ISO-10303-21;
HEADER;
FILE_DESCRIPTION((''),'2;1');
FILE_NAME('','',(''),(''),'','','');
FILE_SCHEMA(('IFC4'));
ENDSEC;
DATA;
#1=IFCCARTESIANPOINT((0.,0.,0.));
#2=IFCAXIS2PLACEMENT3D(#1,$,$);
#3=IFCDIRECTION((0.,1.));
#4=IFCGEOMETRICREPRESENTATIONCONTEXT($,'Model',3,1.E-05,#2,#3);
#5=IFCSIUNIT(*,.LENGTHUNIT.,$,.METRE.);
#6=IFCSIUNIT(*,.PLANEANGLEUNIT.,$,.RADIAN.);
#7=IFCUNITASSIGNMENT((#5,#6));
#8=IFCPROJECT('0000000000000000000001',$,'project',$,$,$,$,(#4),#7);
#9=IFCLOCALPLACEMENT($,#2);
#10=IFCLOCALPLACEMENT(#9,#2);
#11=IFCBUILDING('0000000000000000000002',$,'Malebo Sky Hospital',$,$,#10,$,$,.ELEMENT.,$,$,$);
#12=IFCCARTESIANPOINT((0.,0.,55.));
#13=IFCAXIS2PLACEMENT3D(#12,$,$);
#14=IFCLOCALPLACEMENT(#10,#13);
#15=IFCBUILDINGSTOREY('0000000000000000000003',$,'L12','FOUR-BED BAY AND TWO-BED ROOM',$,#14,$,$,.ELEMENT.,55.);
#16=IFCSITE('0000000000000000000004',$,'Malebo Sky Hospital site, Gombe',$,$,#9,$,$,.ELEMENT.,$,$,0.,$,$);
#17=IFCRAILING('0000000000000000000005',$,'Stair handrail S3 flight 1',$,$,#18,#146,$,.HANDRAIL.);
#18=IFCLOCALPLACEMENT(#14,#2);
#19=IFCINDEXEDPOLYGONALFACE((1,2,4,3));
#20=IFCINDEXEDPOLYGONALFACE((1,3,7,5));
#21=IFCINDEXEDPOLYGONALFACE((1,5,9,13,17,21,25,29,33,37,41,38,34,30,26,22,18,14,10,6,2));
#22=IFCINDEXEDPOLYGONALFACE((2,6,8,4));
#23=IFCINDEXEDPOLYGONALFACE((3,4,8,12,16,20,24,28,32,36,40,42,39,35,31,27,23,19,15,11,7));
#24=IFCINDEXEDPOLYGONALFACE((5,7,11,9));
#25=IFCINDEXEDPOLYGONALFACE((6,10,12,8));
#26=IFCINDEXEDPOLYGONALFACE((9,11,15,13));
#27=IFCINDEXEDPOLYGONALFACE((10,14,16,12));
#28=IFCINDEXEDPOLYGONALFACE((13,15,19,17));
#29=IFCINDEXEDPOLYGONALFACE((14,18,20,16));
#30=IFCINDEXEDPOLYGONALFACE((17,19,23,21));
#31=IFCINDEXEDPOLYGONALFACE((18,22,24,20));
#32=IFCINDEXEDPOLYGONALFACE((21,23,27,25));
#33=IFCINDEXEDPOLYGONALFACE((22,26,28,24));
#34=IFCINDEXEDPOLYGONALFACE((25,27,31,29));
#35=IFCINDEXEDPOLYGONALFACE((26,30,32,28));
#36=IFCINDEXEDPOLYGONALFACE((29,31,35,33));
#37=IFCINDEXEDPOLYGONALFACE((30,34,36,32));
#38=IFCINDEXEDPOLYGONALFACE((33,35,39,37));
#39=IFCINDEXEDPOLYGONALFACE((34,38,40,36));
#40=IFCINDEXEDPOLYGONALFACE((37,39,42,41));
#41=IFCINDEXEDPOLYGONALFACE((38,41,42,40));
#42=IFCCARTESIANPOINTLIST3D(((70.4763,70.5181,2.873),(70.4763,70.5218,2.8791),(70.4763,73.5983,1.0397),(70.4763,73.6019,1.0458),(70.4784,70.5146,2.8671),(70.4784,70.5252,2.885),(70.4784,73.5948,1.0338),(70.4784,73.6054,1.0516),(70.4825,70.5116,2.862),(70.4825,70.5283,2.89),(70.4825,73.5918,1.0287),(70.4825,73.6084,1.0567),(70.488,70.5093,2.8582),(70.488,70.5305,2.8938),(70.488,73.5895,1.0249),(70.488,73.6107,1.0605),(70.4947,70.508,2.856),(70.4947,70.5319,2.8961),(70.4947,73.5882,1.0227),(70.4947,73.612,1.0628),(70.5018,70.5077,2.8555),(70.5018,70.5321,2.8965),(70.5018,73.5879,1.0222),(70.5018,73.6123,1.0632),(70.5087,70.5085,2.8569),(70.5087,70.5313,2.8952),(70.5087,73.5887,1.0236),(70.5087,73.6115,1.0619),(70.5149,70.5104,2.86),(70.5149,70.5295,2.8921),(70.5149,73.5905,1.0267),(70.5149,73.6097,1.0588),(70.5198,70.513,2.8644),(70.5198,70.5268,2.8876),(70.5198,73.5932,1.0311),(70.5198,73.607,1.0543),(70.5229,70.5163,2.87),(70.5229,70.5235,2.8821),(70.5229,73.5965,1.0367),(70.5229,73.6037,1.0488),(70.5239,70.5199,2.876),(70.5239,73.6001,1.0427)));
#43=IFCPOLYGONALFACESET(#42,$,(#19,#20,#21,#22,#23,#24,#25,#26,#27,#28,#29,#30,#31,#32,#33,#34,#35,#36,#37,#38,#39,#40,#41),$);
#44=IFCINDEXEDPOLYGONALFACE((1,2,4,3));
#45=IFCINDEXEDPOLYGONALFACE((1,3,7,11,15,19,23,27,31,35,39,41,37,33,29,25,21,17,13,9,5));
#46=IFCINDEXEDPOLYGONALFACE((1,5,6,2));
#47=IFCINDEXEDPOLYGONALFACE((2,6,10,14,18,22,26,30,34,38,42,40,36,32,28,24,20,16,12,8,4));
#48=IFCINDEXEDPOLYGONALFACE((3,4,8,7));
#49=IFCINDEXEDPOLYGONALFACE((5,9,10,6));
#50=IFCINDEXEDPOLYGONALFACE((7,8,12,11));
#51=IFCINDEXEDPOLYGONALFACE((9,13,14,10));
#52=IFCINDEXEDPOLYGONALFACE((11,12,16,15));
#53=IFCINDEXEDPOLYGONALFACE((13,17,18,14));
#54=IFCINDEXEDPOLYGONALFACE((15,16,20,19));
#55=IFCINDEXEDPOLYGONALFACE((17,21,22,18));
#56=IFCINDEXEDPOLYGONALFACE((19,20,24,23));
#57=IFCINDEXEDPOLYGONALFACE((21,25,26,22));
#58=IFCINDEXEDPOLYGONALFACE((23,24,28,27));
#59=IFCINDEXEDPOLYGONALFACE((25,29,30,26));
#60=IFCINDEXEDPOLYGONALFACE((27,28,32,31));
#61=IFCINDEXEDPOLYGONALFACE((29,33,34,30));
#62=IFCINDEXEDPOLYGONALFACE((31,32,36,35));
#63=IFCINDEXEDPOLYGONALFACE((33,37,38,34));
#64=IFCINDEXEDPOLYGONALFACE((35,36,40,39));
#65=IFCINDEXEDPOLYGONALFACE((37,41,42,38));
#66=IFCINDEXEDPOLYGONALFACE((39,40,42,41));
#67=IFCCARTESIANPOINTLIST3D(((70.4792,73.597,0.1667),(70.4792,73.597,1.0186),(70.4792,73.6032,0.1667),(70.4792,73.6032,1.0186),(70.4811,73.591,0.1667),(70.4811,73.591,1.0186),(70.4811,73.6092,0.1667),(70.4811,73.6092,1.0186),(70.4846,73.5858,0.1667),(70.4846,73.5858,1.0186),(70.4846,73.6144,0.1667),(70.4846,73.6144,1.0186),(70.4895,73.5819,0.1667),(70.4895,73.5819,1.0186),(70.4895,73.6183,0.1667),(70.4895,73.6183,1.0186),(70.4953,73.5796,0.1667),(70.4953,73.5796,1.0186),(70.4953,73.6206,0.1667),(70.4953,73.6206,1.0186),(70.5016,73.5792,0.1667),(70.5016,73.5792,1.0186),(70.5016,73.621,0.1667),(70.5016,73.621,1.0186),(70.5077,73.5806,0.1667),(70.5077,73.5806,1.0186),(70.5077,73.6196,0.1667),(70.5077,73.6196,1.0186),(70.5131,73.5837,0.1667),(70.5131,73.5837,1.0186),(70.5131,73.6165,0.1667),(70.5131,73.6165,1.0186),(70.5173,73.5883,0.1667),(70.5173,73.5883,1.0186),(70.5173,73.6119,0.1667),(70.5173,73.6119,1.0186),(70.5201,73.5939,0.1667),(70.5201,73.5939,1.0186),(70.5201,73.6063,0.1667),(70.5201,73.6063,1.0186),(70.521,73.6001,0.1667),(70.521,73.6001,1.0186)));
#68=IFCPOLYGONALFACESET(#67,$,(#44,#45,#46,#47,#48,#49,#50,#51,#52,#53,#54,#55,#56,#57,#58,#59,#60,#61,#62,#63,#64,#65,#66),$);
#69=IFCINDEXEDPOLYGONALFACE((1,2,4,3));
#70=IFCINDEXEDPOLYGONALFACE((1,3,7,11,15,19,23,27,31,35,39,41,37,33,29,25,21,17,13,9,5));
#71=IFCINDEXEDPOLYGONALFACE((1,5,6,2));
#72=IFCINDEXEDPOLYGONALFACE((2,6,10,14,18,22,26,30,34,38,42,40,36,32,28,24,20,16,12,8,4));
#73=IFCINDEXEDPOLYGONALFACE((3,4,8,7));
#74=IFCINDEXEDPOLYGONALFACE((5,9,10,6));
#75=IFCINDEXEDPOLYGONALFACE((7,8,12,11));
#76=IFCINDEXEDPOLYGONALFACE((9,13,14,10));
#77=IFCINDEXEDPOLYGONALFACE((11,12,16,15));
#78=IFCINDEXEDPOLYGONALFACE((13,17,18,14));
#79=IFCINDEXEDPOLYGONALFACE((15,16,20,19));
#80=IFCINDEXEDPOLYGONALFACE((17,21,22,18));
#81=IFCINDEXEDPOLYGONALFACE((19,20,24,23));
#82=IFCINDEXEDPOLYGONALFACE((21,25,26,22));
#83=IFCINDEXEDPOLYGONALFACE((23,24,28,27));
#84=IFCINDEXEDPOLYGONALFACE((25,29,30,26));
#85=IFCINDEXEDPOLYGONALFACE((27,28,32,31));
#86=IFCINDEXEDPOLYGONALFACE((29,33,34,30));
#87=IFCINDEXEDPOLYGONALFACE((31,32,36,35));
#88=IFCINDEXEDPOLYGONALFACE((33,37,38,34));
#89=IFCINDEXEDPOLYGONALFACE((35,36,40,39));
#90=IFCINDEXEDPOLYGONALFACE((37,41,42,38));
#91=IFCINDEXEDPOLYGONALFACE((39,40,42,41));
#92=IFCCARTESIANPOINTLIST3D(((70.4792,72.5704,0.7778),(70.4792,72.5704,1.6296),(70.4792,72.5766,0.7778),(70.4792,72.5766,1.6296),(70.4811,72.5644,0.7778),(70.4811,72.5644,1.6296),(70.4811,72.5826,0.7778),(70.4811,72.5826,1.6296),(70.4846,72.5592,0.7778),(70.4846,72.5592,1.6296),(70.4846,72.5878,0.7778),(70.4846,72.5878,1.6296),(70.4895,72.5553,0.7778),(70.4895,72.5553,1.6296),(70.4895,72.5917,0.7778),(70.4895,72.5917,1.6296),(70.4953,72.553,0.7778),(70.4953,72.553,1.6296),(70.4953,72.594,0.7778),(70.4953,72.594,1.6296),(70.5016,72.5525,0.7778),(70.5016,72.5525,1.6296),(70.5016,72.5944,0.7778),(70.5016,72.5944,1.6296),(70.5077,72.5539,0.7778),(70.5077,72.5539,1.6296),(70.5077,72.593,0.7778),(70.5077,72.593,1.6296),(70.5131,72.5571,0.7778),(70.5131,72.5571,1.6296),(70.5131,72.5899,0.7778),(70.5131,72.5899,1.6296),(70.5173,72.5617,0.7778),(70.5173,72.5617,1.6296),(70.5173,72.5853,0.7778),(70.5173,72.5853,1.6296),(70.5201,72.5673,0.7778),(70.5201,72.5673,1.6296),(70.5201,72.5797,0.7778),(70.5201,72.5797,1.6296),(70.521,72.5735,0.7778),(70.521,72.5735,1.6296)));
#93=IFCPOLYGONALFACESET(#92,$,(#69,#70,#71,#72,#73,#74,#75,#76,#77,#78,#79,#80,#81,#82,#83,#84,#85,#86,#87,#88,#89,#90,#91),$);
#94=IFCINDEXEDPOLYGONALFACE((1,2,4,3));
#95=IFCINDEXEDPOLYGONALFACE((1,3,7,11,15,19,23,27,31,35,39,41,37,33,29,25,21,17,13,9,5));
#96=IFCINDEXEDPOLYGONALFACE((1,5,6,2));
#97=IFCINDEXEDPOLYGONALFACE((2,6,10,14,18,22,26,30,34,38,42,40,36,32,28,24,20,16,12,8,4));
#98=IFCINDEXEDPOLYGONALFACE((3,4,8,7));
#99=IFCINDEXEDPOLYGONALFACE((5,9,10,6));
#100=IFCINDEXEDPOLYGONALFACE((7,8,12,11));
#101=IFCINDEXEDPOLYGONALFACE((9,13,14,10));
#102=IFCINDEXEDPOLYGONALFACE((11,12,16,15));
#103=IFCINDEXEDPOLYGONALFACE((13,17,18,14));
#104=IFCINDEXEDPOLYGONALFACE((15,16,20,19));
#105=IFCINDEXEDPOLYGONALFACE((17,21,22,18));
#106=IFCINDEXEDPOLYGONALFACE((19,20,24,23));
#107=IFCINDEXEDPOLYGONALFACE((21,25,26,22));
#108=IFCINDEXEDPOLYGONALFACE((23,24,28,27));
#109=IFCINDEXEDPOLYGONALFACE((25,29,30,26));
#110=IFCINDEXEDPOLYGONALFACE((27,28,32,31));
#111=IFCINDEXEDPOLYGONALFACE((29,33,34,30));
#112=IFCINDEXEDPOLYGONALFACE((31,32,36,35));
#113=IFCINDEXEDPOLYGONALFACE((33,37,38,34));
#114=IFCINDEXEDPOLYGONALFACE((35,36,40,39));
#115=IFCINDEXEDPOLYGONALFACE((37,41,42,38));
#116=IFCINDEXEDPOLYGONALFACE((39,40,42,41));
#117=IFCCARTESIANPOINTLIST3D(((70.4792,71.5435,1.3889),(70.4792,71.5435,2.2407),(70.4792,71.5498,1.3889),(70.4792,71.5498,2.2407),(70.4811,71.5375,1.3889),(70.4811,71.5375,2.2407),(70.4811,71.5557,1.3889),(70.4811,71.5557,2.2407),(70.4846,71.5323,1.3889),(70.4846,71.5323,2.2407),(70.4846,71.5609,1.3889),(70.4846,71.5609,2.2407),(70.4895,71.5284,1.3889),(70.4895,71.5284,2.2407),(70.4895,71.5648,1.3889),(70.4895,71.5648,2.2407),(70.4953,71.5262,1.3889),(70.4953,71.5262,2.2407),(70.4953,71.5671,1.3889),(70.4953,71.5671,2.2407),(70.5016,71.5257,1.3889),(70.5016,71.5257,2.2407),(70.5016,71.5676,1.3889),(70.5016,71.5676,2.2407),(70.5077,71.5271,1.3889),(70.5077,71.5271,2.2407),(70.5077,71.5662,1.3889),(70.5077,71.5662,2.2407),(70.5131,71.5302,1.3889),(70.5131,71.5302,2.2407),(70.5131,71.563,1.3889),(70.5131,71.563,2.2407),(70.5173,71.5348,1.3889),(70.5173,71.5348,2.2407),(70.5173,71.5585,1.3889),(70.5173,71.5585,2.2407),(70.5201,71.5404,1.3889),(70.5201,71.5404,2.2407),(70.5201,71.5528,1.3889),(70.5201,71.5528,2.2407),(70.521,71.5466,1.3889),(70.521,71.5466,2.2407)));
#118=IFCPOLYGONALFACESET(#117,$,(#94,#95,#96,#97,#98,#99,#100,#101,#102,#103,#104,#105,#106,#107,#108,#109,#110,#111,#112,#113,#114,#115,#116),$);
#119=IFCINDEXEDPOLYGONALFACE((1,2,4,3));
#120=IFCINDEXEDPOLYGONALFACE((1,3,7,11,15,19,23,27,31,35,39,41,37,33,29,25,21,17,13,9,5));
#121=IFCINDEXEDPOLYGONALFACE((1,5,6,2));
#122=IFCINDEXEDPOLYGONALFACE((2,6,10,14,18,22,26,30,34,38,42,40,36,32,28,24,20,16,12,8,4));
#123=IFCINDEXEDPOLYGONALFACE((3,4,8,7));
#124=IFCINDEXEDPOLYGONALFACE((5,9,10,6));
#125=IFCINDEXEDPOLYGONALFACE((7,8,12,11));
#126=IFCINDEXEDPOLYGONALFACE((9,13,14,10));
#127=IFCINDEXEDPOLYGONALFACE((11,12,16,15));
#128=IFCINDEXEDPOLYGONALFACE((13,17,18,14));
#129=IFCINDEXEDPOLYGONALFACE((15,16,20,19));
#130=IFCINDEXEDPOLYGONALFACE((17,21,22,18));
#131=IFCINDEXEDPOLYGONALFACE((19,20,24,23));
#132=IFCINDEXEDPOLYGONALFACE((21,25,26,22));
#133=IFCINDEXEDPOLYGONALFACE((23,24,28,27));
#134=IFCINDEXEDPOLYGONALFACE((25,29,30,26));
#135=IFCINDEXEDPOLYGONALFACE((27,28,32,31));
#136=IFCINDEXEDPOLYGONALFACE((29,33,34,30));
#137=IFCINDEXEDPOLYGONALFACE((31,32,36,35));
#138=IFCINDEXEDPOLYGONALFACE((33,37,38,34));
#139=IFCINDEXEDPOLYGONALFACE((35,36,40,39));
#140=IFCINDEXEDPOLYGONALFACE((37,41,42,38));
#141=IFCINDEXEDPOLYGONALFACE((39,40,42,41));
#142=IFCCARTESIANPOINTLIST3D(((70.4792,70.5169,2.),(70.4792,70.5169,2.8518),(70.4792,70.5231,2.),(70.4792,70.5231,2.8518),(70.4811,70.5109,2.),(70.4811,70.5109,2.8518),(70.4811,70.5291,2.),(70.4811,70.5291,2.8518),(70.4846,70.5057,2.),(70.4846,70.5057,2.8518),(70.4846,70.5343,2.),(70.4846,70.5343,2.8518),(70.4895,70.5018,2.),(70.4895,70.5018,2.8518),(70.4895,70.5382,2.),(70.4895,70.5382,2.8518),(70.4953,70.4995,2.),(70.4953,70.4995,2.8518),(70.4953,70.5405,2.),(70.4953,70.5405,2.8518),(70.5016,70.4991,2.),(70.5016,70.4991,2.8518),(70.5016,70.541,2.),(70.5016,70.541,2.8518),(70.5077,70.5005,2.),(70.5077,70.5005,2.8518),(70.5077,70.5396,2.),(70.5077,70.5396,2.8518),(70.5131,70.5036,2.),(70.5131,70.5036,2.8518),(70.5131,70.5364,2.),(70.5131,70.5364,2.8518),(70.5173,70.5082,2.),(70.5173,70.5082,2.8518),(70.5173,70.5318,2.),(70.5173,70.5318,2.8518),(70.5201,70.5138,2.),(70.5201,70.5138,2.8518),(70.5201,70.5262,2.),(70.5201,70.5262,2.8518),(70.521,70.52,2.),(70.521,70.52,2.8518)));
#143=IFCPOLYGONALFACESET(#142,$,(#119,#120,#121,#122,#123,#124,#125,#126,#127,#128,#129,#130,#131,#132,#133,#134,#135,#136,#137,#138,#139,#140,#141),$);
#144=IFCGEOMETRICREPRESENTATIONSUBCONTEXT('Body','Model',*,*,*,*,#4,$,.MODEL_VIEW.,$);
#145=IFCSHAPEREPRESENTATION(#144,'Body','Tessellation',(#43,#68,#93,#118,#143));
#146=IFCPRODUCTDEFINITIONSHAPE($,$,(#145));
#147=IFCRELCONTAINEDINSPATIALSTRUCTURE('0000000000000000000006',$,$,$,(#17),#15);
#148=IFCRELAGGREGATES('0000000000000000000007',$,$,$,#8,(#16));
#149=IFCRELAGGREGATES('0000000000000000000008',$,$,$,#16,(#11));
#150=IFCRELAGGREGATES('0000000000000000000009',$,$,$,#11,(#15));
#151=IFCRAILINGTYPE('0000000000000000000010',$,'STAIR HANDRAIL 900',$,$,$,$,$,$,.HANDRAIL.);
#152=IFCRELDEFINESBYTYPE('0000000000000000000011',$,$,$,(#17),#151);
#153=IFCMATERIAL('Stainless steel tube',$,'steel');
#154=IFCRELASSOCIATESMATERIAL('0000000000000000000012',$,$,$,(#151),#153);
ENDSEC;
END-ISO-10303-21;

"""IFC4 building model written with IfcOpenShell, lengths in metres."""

from ifc_helpers import new_model, si_unit, direction, frame, origin, origin_2d, place, context, subcontext, project, spatial, circle, extrude, material, type_object, element, save


model = new_model("IFC4")

# Units and contexts
model_context = context("Model", 3, precision=1e-05, world=origin(), true_north=direction((0.0, 1.0)))
body_context = subcontext(model_context, "Body", "Model", "MODEL_VIEW")
ifc_project = project(units=[si_unit("LENGTHUNIT", "METRE"), si_unit("PLANEANGLEUNIT", "RADIAN")], contexts=[model_context])

# Site, building, storey
site_placement = place(None, origin())
site = spatial("IfcSite", under=ifc_project, at=site_placement, Name="Malebo Sky Hospital site, Gombe", CompositionType="ELEMENT", RefElevation=0.0)
building_placement = place(site_placement, origin())
building = spatial("IfcBuilding", under=site, at=building_placement, Name="Malebo Sky Hospital", CompositionType="ELEMENT")
storey_placement = place(building_placement, frame((0.0, 0.0, 55.0)))
storey = spatial("IfcBuildingStorey", under=building, at=storey_placement, Name="L12", Description="FOUR-BED BAY AND TWO-BED ROOM", CompositionType="ELEMENT", Elevation=55.0)

# Railing
ifc_material_1 = material(Name="Stainless steel tube", Category="steel")
railing_type = type_object("IfcRailingType", Name="STAIR HANDRAIL 900", PredefinedType="HANDRAIL", material=ifc_material_1)
railing_1_placement = place(storey_placement, frame((70.5, 73.6001, 0.1667)))
element("IfcRailing", 1, at=railing_1_placement, inside=storey, type_object=railing_type, Name="Stair handrail S3 flight 1", PredefinedType="HANDRAIL", context=body_context, shape_type="SweptSolid", body=[
    extrude(circle(Radius=0.0239, at=origin_2d()), frame((0.0, 0.0, 0.876), z_axis=(0.0, -0.859309, 0.511458), x_axis=(1.0, 0.0, 0.0)), (0.0, 0.0, 1.0), 3.5845),
    extrude(circle(Radius=0.021, at=origin_2d()), origin(), (0.0, 0.0, 1.0), 0.8518),
    extrude(circle(Radius=0.021, at=origin_2d()), frame((0.0, -1.0266, 0.6111)), (0.0, 0.0, 1.0), 0.8518),
    extrude(circle(Radius=0.021, at=origin_2d()), frame((0.0, -2.0535, 1.2222)), (0.0, 0.0, 1.0), 0.8518),
    extrude(circle(Radius=0.021, at=origin_2d()), frame((0.0, -3.0801, 1.8333)), (0.0, 0.0, 1.0), 0.8518),
])

save(model, "model.ifc")
